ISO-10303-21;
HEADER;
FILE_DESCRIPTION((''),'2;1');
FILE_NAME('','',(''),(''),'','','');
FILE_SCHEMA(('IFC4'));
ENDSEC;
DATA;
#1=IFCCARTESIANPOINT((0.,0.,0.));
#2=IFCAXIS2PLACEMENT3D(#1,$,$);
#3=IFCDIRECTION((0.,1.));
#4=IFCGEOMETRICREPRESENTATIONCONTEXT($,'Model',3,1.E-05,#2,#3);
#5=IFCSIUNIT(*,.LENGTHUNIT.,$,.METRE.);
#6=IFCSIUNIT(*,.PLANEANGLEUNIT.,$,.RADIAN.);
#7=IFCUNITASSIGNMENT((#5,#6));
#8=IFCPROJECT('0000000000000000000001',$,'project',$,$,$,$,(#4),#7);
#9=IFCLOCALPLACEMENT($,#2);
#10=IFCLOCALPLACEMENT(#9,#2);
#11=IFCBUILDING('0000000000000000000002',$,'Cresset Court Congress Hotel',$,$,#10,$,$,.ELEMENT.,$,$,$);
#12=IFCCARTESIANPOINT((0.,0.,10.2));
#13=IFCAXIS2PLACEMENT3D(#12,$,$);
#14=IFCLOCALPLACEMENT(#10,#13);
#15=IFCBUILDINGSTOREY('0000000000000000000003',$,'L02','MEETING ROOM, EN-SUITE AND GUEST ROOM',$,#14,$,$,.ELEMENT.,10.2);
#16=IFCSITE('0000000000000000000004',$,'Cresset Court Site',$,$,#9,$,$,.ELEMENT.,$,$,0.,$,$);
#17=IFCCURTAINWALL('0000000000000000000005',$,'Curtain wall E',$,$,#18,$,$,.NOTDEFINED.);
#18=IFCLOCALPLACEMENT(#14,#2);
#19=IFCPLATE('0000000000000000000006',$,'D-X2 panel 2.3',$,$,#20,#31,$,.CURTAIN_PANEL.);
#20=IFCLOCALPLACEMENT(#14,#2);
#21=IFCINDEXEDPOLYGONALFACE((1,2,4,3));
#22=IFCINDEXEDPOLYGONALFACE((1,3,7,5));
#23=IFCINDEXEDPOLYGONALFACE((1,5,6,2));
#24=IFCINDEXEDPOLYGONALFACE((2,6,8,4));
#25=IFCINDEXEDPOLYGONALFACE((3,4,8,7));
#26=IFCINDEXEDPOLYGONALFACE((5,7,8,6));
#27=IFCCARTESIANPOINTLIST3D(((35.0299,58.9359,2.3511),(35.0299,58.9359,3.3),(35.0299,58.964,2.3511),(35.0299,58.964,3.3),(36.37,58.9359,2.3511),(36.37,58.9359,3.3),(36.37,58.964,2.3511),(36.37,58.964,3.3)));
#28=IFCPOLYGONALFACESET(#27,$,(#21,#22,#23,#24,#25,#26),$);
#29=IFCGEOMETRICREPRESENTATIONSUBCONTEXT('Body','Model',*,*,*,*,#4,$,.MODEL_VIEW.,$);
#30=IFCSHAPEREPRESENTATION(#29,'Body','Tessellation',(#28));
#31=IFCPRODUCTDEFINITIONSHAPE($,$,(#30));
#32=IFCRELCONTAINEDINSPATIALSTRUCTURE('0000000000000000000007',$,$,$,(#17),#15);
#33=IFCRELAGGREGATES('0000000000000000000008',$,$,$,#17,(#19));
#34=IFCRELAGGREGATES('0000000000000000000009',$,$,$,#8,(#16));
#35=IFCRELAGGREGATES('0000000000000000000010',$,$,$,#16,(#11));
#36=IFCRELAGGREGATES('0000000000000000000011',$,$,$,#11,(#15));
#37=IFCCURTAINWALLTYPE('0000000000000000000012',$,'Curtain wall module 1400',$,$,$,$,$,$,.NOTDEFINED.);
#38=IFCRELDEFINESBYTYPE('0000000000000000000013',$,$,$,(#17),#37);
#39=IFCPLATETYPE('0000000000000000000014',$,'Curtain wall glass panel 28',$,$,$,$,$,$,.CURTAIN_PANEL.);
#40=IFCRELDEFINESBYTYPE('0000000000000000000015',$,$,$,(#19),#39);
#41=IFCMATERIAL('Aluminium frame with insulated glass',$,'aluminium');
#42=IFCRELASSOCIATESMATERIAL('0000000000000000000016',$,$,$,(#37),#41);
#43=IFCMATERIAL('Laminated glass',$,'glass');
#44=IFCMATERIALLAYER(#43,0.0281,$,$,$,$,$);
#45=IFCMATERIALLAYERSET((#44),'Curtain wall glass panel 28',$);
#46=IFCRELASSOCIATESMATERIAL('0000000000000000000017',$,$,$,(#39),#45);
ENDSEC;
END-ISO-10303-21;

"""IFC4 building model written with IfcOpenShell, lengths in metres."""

from ifc_helpers import new_model, si_unit, direction, frame, origin, origin_2d, place, context, subcontext, project, spatial, rectangle, extrude, material, layer, layer_set, type_object, element, aggregate, save


model = new_model("IFC4")

# Units and contexts
model_context = context("Model", 3, precision=1e-05, world=origin(), true_north=direction((0.0, 1.0)))
body_context = subcontext(model_context, "Body", "Model", "MODEL_VIEW")
ifc_project = project(units=[si_unit("LENGTHUNIT", "METRE"), si_unit("PLANEANGLEUNIT", "RADIAN")], contexts=[model_context])

# Site, building, storey
site_placement = place(None, origin())
site = spatial("IfcSite", under=ifc_project, at=site_placement, Name="Cresset Court Site", CompositionType="ELEMENT", RefElevation=0.0)
building_placement = place(site_placement, origin())
building = spatial("IfcBuilding", under=site, at=building_placement, Name="Cresset Court Congress Hotel", CompositionType="ELEMENT")
storey_placement = place(building_placement, frame((0.0, 0.0, 10.2)))
storey = spatial("IfcBuildingStorey", under=building, at=storey_placement, Name="L02", Description="MEETING ROOM, EN-SUITE AND GUEST ROOM", CompositionType="ELEMENT", Elevation=10.2)

# Curtain wall
ifc_material_1 = material(Name="Aluminium frame with insulated glass", Category="aluminium")
curtain_wall_type = type_object("IfcCurtainWallType", Name="Curtain wall module 1400", PredefinedType="NOTDEFINED", material=ifc_material_1)
curtain_wall_1_placement = place(storey_placement, origin())
curtain_wall_1 = element("IfcCurtainWall", 1, at=curtain_wall_1_placement, inside=storey, type_object=curtain_wall_type, Name="Curtain wall E", PredefinedType="NOTDEFINED")

# Plate
ifc_material_2 = material(Name="Laminated glass", Category="glass")
ifc_layer = layer(ifc_material_2, 0.0281)
ifc_layer_set = layer_set([ifc_layer], Name="Curtain wall glass panel 28")
plate_type = type_object("IfcPlateType", Name="Curtain wall glass panel 28", PredefinedType="CURTAIN_PANEL", material=ifc_layer_set)
plate_1_placement = place(storey_placement, frame((35.7, 58.95, 2.3511), z_axis=(0.0, 0.0, 1.0), x_axis=(1.0, 0.0, 0.0)))
plate_1 = element("IfcPlate", 2, at=plate_1_placement, type_object=plate_type, Name="D-X2 panel 2.3", PredefinedType="CURTAIN_PANEL", context=body_context, shape_type="SweptSolid", body=[
    extrude(rectangle(XDim=1.3401, YDim=0.0281, at=origin_2d()), origin(), (0.0, 0.0, 1.0), 0.949),
])
aggregate(curtain_wall_1, [plate_1])

save(model, "model.ifc")
